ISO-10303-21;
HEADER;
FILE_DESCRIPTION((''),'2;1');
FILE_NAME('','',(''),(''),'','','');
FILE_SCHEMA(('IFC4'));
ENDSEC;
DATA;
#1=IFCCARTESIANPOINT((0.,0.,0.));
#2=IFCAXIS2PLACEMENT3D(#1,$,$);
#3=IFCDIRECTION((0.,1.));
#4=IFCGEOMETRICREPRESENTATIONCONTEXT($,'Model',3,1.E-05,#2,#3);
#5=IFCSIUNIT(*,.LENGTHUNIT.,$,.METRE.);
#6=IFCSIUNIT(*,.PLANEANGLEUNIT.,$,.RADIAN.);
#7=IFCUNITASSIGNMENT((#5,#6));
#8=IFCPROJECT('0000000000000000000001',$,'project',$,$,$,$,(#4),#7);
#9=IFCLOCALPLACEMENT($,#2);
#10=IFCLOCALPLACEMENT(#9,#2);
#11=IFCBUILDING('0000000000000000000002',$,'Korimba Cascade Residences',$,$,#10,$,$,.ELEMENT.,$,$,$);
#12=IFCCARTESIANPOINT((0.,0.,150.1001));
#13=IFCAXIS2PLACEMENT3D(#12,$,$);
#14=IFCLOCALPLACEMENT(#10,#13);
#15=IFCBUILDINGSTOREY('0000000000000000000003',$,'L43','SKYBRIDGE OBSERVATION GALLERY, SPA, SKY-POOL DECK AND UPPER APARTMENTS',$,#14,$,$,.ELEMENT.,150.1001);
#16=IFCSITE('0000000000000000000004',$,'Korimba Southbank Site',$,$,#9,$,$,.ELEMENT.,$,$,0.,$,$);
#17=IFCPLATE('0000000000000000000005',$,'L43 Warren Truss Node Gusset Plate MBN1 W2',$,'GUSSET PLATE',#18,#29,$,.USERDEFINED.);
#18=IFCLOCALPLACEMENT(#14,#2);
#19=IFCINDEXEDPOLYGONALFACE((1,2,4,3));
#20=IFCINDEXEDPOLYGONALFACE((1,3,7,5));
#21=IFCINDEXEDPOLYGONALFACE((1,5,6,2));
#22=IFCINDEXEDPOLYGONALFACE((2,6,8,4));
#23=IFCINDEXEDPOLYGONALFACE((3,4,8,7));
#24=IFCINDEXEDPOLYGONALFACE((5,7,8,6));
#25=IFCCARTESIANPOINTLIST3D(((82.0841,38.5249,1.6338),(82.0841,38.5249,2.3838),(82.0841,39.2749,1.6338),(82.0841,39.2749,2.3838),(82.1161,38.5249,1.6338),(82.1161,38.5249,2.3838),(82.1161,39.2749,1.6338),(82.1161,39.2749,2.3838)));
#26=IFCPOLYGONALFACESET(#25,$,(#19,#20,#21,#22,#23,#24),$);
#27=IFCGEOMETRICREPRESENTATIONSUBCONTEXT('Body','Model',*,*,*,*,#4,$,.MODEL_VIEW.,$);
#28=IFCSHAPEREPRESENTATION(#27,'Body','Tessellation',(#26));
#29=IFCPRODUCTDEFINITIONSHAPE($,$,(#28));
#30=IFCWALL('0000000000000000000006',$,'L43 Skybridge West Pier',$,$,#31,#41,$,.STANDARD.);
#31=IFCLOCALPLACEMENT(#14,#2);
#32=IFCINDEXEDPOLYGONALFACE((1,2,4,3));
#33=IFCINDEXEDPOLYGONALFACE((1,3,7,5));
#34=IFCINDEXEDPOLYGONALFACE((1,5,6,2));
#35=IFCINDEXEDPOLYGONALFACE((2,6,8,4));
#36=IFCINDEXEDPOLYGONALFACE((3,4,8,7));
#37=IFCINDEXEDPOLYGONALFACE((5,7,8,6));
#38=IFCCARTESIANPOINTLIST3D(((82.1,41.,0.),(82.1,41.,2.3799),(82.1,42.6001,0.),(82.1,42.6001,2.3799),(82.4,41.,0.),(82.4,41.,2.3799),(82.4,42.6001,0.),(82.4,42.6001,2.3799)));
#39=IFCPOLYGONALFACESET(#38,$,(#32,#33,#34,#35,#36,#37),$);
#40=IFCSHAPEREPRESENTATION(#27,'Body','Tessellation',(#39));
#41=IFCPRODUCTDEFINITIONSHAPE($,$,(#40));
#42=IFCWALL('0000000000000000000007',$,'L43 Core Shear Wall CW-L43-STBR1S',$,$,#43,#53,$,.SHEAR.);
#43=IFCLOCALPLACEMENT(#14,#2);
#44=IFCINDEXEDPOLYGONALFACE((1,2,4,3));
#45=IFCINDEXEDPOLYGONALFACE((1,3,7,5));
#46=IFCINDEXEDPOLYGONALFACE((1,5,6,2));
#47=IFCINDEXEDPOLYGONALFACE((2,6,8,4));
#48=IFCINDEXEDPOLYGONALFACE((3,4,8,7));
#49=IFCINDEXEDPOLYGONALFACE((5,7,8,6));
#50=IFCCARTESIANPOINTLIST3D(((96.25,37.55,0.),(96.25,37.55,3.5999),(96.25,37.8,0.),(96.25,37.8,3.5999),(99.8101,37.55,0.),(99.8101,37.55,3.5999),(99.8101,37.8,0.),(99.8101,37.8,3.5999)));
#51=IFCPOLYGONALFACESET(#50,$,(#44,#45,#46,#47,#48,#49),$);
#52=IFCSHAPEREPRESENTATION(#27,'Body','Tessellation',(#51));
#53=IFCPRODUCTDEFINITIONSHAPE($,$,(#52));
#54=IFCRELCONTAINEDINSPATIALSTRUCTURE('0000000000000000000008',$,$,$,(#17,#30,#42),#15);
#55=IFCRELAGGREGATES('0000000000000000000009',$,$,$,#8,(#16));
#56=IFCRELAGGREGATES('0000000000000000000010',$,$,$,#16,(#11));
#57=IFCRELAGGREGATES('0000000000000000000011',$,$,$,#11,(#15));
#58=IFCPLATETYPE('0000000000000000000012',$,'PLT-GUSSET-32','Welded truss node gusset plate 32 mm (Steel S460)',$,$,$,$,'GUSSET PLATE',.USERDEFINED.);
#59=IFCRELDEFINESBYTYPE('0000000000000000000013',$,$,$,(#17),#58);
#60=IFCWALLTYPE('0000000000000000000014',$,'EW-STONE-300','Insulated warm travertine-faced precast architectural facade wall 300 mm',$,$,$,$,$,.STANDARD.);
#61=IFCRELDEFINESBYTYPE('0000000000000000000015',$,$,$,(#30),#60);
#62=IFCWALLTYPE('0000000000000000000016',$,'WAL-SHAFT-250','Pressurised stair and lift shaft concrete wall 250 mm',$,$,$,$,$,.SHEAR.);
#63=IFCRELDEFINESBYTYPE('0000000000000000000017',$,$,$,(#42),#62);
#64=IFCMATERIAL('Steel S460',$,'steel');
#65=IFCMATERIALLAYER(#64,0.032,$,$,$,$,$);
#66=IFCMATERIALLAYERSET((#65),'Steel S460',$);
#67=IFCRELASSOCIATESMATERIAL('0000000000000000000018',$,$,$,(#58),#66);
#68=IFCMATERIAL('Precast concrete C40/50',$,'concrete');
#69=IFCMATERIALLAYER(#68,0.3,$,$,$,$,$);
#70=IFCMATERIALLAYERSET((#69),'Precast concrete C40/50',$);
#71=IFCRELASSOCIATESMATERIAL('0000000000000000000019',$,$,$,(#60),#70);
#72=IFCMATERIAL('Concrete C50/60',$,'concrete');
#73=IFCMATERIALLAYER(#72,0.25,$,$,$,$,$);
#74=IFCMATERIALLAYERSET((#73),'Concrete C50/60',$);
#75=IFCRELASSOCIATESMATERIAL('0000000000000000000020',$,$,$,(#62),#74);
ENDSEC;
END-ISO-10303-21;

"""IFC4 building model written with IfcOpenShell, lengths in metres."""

from ifc_helpers import new_model, si_unit, direction, frame, frame_2d, origin, origin_2d, place, context, subcontext, project, spatial, rectangle, extrude, material, layer, layer_set, type_object, element, save


model = new_model("IFC4")

# Units and contexts
model_context = context("Model", 3, precision=1e-05, world=origin(), true_north=direction((0.0, 1.0)))
body_context = subcontext(model_context, "Body", "Model", "MODEL_VIEW")
ifc_project = project(units=[si_unit("LENGTHUNIT", "METRE"), si_unit("PLANEANGLEUNIT", "RADIAN")], contexts=[model_context])

# Site, building, storey
site_placement = place(None, origin())
site = spatial("IfcSite", under=ifc_project, at=site_placement, Name="Korimba Southbank Site", CompositionType="ELEMENT", RefElevation=0.0)
building_placement = place(site_placement, origin())
building = spatial("IfcBuilding", under=site, at=building_placement, Name="Korimba Cascade Residences", CompositionType="ELEMENT")
storey_placement = place(building_placement, frame((0.0, 0.0, 150.1001)))
storey = spatial("IfcBuildingStorey", under=building, at=storey_placement, Name="L43", Description="SKYBRIDGE OBSERVATION GALLERY, SPA, SKY-POOL DECK AND UPPER APARTMENTS", CompositionType="ELEMENT", Elevation=150.1001)

# Shared definitions
ifc_material_1 = material(Name="Steel S460", Category="steel")

# Plate
ifc_layer_1 = layer(ifc_material_1, 0.032)
ifc_layer_set_1 = layer_set([ifc_layer_1], Name="Steel S460")
plate_type_1 = type_object("IfcPlateType", Name="PLT-GUSSET-32", Description="Welded truss node gusset plate 32 mm (Steel S460)", ElementType="GUSSET PLATE", PredefinedType="USERDEFINED", material=ifc_layer_set_1)
plate_1_placement = place(storey_placement, frame((82.1001, 38.8999, 1.6338), z_axis=(0.0, 0.0, 1.0), x_axis=(1.0, 0.0, 0.0)))
element("IfcPlate", 1, at=plate_1_placement, inside=storey, type_object=plate_type_1, Name="L43 Warren Truss Node Gusset Plate MBN1 W2", ObjectType="GUSSET PLATE", PredefinedType="USERDEFINED", context=body_context, shape_type="SweptSolid", body=[
    extrude(rectangle(XDim=0.032, YDim=0.75, at=origin_2d()), origin(), (0.0, 0.0, 1.0), 0.75),
])

# Walls
ifc_material_2 = material(Name="Precast concrete C40/50", Category="concrete")
ifc_layer_2 = layer(ifc_material_2, 0.3)
ifc_layer_set_2 = layer_set([ifc_layer_2], Name="Precast concrete C40/50")
wall_type_1 = type_object("IfcWallType", Name="EW-STONE-300", Description="Insulated warm travertine-faced precast architectural facade wall 300 mm", PredefinedType="STANDARD", material=ifc_layer_set_2)
wall_1_placement = place(storey_placement, frame((82.25, 41.0, 0.0), z_axis=(0.0, 0.0, 1.0), x_axis=(0.0, 1.0, 0.0)))
element("IfcWall", 2, at=wall_1_placement, inside=storey, type_object=wall_type_1, Name="L43 Skybridge West Pier", PredefinedType="STANDARD", context=body_context, shape_type="SweptSolid", body=[
    extrude(rectangle(XDim=1.6001, YDim=0.3, at=frame_2d((0.8, 0.0))), origin(), (0.0, 0.0, 1.0), 2.3799),
])
ifc_material_3 = material(Name="Concrete C50/60", Category="concrete")
ifc_layer_3 = layer(ifc_material_3, 0.25)
ifc_layer_set_3 = layer_set([ifc_layer_3], Name="Concrete C50/60")
wall_type_2 = type_object("IfcWallType", Name="WAL-SHAFT-250", Description="Pressurised stair and lift shaft concrete wall 250 mm", PredefinedType="SHEAR", material=ifc_layer_set_3)
wall_2_placement = place(storey_placement, frame((96.25, 37.675, 0.0), z_axis=(0.0, 0.0, 1.0), x_axis=(1.0, 0.0, 0.0)))
element("IfcWall", 3, at=wall_2_placement, inside=storey, type_object=wall_type_2, Name="L43 Core Shear Wall CW-L43-STBR1S", PredefinedType="SHEAR", context=body_context, shape_type="SweptSolid", body=[
    extrude(rectangle(XDim=3.5601, YDim=0.25, at=frame_2d((1.78, 0.0))), origin(), (0.0, 0.0, 1.0), 3.5999),
])

save(model, "model.ifc")
